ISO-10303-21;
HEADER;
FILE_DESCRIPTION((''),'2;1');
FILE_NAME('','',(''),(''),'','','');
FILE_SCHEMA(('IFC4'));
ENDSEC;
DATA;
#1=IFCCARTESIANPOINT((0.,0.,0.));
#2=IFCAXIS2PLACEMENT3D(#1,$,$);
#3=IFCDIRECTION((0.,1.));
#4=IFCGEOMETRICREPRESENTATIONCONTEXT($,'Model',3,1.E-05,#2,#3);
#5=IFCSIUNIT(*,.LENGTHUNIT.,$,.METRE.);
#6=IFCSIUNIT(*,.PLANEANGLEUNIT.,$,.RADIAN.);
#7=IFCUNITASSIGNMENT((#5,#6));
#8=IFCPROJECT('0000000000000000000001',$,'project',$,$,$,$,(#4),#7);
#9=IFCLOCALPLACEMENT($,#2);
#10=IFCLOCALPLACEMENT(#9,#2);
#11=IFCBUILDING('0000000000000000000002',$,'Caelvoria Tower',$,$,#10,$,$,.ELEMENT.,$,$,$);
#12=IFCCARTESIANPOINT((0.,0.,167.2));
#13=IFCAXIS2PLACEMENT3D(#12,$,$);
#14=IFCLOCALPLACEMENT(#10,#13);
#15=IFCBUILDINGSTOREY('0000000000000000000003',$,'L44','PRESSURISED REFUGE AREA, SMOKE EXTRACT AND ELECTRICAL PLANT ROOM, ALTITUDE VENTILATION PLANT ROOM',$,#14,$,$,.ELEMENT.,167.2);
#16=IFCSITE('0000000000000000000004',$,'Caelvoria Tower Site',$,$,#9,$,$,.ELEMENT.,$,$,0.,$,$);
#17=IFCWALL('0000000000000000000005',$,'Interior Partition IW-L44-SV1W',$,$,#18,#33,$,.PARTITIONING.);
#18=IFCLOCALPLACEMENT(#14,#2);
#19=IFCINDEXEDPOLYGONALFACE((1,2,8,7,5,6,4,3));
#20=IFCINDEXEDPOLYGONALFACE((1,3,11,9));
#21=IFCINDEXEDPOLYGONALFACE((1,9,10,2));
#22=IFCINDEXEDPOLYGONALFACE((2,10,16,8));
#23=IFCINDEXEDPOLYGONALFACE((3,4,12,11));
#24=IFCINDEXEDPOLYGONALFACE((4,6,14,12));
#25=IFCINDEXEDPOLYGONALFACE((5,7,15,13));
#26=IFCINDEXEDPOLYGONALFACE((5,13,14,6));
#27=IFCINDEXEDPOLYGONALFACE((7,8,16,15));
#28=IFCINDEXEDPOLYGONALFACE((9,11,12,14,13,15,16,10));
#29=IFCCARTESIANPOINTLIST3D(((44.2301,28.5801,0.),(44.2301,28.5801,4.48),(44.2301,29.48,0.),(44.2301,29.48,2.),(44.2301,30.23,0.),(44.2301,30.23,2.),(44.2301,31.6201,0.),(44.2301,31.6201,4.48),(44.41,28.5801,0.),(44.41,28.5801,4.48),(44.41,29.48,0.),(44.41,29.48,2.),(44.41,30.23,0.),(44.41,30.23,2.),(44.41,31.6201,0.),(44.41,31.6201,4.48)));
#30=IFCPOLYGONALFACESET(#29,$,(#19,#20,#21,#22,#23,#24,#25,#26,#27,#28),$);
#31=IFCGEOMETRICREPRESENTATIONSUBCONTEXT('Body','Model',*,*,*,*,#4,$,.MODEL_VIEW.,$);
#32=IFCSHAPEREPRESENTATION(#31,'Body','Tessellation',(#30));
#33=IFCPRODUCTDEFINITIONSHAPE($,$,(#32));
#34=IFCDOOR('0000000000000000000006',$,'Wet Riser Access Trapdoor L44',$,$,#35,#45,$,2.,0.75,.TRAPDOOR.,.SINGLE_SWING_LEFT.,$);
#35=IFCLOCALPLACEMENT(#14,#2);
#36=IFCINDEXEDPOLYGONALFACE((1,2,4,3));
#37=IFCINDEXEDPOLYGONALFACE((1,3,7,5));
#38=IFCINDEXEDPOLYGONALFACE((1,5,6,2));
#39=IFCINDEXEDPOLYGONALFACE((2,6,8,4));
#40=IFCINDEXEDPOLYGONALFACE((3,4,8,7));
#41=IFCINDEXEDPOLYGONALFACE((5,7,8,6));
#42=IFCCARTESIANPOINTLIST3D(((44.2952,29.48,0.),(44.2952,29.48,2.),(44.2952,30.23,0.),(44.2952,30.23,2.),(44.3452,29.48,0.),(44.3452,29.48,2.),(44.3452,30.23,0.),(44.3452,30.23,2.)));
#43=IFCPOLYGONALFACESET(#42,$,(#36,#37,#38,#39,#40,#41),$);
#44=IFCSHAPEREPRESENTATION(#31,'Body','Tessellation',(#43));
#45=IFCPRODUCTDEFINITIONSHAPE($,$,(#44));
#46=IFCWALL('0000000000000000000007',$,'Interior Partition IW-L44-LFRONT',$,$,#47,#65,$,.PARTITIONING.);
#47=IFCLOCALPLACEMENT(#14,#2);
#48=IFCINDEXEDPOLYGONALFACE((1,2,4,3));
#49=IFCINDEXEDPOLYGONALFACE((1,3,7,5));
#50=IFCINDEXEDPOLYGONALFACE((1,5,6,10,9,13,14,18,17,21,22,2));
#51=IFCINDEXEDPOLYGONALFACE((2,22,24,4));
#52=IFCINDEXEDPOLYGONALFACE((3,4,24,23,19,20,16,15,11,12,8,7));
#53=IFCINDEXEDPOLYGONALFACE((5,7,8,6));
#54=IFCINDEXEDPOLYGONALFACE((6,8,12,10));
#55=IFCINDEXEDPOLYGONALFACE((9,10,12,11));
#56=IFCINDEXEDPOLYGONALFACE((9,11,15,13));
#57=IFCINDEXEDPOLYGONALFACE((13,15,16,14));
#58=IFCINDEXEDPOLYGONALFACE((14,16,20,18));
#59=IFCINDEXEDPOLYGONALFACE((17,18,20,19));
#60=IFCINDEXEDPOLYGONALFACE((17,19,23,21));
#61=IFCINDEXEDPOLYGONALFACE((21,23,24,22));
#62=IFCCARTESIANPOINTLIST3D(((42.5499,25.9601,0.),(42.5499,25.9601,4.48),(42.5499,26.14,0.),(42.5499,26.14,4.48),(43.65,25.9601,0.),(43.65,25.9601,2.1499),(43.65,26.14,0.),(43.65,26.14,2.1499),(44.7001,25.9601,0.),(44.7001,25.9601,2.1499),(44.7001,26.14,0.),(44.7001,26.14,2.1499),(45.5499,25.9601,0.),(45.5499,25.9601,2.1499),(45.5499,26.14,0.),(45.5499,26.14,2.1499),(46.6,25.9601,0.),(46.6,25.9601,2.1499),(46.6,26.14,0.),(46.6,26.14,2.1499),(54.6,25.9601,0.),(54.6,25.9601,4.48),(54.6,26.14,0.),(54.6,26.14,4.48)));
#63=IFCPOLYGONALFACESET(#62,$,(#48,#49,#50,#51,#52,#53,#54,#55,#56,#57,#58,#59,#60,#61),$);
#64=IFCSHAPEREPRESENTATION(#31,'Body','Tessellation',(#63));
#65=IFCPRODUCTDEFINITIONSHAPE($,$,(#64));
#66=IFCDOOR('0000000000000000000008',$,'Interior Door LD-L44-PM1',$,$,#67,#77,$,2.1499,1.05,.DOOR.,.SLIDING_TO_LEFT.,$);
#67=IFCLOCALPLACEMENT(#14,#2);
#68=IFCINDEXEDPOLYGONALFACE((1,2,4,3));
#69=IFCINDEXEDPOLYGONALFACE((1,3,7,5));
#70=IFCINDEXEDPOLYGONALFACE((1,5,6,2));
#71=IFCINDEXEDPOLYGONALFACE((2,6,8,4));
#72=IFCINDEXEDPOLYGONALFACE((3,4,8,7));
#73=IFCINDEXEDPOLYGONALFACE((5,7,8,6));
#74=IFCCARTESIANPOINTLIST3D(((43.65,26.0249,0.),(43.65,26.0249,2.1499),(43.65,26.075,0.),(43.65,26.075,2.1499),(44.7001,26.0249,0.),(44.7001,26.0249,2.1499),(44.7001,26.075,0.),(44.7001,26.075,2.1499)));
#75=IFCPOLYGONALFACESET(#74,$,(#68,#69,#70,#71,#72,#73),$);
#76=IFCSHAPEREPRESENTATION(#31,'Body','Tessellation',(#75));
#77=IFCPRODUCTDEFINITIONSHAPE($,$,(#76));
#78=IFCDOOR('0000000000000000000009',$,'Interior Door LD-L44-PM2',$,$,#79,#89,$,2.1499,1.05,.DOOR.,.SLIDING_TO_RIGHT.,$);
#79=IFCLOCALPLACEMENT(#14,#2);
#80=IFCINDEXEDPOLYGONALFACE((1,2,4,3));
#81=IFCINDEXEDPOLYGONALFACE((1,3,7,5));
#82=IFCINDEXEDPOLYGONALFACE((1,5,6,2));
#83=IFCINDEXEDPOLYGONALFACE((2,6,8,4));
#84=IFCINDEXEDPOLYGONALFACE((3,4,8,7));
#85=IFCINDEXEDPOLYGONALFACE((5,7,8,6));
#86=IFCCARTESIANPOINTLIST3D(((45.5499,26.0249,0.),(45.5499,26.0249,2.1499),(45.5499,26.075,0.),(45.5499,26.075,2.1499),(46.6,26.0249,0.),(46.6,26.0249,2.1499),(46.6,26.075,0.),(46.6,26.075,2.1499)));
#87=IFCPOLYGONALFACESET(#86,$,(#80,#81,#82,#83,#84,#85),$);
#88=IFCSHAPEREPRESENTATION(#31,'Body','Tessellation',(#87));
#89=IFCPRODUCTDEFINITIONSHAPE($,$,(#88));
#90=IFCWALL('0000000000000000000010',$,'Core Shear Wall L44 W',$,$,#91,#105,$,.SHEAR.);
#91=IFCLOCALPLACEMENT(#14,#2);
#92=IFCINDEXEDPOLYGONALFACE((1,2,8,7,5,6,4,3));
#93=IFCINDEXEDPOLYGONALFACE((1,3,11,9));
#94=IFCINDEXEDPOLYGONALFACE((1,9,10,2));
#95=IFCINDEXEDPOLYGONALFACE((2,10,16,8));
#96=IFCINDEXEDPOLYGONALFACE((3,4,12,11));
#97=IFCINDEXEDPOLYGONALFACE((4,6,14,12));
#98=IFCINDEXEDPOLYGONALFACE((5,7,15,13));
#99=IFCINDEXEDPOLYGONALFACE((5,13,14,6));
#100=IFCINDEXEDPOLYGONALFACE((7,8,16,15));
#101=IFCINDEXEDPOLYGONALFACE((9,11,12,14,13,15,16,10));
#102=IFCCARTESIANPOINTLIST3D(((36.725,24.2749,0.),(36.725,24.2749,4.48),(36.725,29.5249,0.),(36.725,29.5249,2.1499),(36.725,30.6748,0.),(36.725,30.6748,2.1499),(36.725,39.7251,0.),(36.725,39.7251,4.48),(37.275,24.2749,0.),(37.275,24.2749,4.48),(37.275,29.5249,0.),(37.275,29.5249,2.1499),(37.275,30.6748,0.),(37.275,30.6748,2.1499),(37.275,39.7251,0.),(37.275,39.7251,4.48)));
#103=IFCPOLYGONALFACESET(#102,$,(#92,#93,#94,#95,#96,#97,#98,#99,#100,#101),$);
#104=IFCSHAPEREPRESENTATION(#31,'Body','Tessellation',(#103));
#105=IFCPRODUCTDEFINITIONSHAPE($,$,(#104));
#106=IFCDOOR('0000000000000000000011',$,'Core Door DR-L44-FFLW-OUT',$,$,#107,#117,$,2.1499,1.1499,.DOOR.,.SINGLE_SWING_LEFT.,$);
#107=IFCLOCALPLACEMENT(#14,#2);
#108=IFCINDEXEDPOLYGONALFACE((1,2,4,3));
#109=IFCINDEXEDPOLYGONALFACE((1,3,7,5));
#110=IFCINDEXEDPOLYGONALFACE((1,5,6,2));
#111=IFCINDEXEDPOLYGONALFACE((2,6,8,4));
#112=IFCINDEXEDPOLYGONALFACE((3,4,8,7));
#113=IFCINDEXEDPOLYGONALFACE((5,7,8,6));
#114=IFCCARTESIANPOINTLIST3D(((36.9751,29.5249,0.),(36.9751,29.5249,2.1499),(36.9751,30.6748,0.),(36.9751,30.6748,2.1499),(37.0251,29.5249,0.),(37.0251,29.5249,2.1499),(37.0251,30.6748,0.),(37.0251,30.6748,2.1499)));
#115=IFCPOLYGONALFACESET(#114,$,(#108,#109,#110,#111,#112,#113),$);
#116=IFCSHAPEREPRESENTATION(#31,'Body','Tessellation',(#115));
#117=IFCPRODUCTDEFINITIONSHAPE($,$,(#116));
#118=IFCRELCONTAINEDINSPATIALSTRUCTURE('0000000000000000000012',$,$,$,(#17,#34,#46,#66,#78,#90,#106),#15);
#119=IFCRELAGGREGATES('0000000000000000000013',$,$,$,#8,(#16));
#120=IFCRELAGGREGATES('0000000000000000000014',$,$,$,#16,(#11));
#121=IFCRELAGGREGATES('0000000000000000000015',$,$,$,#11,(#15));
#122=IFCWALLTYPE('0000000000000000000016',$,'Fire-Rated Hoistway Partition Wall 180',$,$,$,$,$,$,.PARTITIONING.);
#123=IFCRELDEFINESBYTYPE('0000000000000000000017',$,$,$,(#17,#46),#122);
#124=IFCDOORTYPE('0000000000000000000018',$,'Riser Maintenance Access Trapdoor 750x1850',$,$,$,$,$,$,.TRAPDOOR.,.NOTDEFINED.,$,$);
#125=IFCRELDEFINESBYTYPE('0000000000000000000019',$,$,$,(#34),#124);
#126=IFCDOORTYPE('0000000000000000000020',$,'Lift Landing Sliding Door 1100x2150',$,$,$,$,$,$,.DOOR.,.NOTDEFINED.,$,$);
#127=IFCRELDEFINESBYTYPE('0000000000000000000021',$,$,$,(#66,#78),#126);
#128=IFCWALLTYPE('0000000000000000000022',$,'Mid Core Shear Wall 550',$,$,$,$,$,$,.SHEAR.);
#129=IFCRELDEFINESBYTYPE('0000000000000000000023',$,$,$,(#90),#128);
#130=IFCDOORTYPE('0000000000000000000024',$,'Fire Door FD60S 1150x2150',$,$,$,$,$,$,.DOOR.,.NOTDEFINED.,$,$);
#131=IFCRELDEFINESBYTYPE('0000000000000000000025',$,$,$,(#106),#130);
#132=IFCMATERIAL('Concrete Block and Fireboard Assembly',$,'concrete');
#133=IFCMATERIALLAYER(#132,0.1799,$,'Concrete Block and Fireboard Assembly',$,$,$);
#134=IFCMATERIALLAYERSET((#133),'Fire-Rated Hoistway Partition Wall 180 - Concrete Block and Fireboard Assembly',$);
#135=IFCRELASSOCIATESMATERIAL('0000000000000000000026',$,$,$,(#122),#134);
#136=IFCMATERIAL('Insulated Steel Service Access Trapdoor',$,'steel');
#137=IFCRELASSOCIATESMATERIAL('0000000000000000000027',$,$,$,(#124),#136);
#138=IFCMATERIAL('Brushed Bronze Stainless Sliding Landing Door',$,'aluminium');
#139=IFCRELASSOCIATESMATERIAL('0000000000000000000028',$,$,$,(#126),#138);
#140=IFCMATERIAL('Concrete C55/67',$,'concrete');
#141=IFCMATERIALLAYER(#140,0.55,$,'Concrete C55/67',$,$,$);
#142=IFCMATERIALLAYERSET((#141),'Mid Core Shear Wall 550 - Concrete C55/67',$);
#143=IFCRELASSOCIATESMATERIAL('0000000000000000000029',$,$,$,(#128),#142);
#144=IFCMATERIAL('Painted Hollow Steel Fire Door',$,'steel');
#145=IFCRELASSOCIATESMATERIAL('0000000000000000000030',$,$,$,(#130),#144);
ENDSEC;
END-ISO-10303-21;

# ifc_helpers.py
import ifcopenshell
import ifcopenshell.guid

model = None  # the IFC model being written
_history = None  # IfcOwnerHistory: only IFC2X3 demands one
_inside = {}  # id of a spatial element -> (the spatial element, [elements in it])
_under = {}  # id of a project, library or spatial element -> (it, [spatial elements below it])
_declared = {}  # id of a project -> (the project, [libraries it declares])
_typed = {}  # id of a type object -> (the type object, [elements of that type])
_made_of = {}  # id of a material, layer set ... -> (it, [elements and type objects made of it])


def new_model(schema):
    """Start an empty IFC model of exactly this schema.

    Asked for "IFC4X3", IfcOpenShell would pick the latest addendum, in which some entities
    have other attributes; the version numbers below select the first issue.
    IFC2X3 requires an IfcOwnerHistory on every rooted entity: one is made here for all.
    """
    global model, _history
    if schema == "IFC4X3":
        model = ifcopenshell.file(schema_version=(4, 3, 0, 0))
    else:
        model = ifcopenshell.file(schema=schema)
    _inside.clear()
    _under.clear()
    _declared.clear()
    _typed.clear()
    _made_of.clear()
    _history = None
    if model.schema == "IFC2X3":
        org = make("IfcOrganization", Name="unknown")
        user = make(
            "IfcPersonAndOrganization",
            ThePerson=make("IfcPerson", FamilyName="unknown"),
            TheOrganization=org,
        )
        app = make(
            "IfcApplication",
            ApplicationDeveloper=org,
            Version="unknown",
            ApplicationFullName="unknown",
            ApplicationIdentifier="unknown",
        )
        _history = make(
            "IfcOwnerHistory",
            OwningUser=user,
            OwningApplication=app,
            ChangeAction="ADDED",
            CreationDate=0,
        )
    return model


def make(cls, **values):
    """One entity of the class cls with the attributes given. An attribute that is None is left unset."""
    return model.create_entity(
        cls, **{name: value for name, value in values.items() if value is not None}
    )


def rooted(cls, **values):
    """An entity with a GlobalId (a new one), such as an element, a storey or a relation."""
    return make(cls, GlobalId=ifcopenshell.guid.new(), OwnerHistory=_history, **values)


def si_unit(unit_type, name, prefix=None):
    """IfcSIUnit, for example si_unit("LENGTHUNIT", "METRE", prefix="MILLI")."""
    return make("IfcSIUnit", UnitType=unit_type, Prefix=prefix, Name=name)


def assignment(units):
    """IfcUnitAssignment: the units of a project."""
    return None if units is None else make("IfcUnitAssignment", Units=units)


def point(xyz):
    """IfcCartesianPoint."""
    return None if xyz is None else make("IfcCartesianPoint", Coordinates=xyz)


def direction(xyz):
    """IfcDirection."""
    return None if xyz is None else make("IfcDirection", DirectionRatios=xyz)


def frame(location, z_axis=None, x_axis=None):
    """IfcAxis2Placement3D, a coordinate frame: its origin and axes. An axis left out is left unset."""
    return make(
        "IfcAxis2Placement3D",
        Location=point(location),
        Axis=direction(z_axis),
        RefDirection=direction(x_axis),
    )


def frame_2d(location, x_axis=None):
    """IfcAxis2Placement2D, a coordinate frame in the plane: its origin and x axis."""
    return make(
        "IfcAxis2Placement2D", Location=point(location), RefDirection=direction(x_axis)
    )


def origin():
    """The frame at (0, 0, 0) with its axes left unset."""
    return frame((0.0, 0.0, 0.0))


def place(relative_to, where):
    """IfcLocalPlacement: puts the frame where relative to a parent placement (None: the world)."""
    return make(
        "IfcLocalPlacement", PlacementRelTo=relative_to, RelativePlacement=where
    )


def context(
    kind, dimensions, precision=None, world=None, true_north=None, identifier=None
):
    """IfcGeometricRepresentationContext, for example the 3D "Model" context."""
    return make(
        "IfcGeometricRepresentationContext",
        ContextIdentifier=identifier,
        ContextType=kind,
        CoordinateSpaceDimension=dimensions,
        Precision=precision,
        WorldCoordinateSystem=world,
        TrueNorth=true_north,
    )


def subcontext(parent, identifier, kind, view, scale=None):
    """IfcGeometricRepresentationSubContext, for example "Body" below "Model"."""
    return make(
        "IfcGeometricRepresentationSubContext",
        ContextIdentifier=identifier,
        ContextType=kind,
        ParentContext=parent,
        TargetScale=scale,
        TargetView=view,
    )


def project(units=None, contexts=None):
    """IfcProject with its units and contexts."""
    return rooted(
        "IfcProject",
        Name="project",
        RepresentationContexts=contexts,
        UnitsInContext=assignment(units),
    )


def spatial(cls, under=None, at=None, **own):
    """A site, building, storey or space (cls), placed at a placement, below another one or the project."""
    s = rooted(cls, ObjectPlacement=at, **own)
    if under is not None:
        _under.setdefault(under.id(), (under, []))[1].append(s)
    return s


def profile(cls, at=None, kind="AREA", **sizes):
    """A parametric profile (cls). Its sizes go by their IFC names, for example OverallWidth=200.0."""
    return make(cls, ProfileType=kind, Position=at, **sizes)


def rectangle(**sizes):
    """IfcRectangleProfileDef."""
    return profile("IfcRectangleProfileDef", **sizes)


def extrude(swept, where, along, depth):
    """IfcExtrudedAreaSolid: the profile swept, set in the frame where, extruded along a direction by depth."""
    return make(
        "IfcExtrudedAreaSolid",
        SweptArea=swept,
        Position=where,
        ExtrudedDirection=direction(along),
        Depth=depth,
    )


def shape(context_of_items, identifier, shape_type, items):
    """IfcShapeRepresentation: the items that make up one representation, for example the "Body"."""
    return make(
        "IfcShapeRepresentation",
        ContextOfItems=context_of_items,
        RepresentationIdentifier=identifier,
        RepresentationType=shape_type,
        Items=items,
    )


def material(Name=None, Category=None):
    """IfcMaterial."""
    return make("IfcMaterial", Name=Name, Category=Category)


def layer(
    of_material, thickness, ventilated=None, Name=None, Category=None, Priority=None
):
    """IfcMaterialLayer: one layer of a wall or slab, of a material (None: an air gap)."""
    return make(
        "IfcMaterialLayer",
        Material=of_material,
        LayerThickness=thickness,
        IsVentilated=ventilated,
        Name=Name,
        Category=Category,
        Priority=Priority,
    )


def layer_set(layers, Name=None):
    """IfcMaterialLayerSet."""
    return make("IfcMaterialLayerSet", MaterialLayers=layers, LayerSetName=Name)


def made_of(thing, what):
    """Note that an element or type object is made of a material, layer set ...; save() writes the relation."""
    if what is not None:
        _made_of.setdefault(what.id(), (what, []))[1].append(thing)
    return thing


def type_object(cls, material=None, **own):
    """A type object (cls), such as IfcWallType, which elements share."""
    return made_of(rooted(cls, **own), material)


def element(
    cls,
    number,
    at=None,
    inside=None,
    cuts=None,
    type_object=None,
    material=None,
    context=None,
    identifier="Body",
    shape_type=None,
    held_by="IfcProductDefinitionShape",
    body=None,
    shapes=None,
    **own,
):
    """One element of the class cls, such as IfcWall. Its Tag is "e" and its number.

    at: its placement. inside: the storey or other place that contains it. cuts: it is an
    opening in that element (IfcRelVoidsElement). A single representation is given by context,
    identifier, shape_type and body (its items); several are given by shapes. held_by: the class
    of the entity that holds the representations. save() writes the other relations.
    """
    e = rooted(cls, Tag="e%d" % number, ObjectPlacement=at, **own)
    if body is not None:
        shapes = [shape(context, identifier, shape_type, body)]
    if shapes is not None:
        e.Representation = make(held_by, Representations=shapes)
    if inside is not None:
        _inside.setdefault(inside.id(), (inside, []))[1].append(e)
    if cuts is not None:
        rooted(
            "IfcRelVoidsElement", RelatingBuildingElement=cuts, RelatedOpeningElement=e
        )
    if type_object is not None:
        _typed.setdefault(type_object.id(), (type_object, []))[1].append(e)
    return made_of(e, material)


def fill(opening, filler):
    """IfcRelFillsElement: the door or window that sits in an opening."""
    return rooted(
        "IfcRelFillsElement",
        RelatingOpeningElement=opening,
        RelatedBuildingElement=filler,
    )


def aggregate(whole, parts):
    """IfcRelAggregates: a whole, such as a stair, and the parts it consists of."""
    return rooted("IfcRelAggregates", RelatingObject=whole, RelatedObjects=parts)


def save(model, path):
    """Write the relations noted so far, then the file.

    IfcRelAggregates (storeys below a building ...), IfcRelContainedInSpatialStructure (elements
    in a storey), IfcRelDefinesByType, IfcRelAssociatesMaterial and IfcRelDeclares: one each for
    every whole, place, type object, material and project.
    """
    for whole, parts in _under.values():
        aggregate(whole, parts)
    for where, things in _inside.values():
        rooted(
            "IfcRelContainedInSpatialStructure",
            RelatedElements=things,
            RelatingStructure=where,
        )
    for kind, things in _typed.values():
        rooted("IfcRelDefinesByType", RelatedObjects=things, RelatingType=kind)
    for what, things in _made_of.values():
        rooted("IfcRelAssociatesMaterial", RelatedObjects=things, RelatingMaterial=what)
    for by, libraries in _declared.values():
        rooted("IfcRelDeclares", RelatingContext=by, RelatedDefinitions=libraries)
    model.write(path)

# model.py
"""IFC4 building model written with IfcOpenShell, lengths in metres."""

from ifc_helpers import new_model, si_unit, direction, frame, frame_2d, origin, place, context, subcontext, project, spatial, rectangle, extrude, material, layer, layer_set, type_object, element, fill, save


model = new_model("IFC4")

# Units and contexts
model_context = context("Model", 3, precision=1e-05, world=origin(), true_north=direction((0.0, 1.0)))
body_context = subcontext(model_context, "Body", "Model", "MODEL_VIEW")
ifc_project = project(units=[si_unit("LENGTHUNIT", "METRE"), si_unit("PLANEANGLEUNIT", "RADIAN")], contexts=[model_context])

# Site, building, storey
site_placement = place(None, origin())
site = spatial("IfcSite", under=ifc_project, at=site_placement, Name="Caelvoria Tower Site", CompositionType="ELEMENT", RefElevation=0.0)
building_placement = place(site_placement, origin())
building = spatial("IfcBuilding", under=site, at=building_placement, Name="Caelvoria Tower", CompositionType="ELEMENT")
storey_placement = place(building_placement, frame((0.0, 0.0, 167.2)))
storey = spatial("IfcBuildingStorey", under=building, at=storey_placement, Name="L44", Description="PRESSURISED REFUGE AREA, SMOKE EXTRACT AND ELECTRICAL PLANT ROOM, ALTITUDE VENTILATION PLANT ROOM", CompositionType="ELEMENT", Elevation=167.2)

# Shared definitions
ifc_material_1 = material(Name="Painted Hollow Steel Fire Door", Category="steel")

# Wall, opening, door
ifc_material_2 = material(Name="Concrete Block and Fireboard Assembly", Category="concrete")
ifc_layer_1 = layer(ifc_material_2, 0.1799, Name="Concrete Block and Fireboard Assembly")
ifc_layer_set_1 = layer_set([ifc_layer_1], Name="Fire-Rated Hoistway Partition Wall 180 - Concrete Block and Fireboard Assembly")
wall_type_1 = type_object("IfcWallType", Name="Fire-Rated Hoistway Partition Wall 180", PredefinedType="PARTITIONING", material=ifc_layer_set_1)
wall_1_placement = place(storey_placement, frame((44.3201, 28.5801, 0.0), z_axis=(0.0, 0.0, 1.0), x_axis=(0.0, 1.0, 0.0)))
wall_1 = element("IfcWall", 1, at=wall_1_placement, inside=storey, type_object=wall_type_1, Name="Interior Partition IW-L44-SV1W", PredefinedType="PARTITIONING", context=body_context, shape_type="SweptSolid", body=[
    extrude(rectangle(XDim=3.04, YDim=0.1799, at=frame_2d((1.52, 0.0))), origin(), (0.0, 0.0, 1.0), 4.48),
])
opening_1_placement = place(wall_1_placement, frame((0.8999, 0.0, 0.0)))
opening_1 = element("IfcOpeningElement", 2, at=opening_1_placement, cuts=wall_1, PredefinedType="OPENING", context=body_context, shape_type="SweptSolid", body=[
    extrude(rectangle(XDim=0.75, YDim=2.0, at=frame_2d((0.375, 1.0))), frame((0.0, 0.0999, 0.0), z_axis=(0.0, -1.0, 0.0), x_axis=(1.0, 0.0, 0.0)), (0.0, 0.0, 1.0), 0.2),
])
ifc_material_3 = material(Name="Insulated Steel Service Access Trapdoor", Category="steel")
door_type_1 = type_object("IfcDoorType", Name="Riser Maintenance Access Trapdoor 750x1850", OperationType="NOTDEFINED", PredefinedType="TRAPDOOR", material=ifc_material_3)
door_1_placement = place(opening_1_placement, origin())
door_1 = element("IfcDoor", 3, at=door_1_placement, inside=storey, type_object=door_type_1, Name="Wet Riser Access Trapdoor L44", OperationType="SINGLE_SWING_LEFT", OverallHeight=2.0, OverallWidth=0.75, PredefinedType="TRAPDOOR", context=body_context, shape_type="SweptSolid", body=[
    extrude(rectangle(XDim=0.75, YDim=2.0, at=frame_2d((0.375, 1.0))), frame((0.0, 0.0249, 0.0), z_axis=(0.0, -1.0, 0.0), x_axis=(1.0, 0.0, 0.0)), (0.0, 0.0, 1.0), 0.05),
])
fill(opening_1, door_1)

# Wall, openings, doors
wall_2_placement = place(storey_placement, frame((42.55, 26.05, 0.0), z_axis=(0.0, 0.0, 1.0), x_axis=(1.0, 0.0, 0.0)))
wall_2 = element("IfcWall", 4, at=wall_2_placement, inside=storey, type_object=wall_type_1, Name="Interior Partition IW-L44-LFRONT", PredefinedType="PARTITIONING", context=body_context, shape_type="SweptSolid", body=[
    extrude(rectangle(XDim=12.05, YDim=0.1799, at=frame_2d((6.0249, 0.0))), origin(), (0.0, 0.0, 1.0), 4.48),
])
opening_2_placement = place(wall_2_placement, frame((1.1001, 0.0, 0.0)))
opening_2 = element("IfcOpeningElement", 5, at=opening_2_placement, cuts=wall_2, PredefinedType="OPENING", context=body_context, shape_type="SweptSolid", body=[
    extrude(rectangle(XDim=1.05, YDim=2.1499, at=frame_2d((0.5249, 1.075))), frame((0.0, 0.0999, 0.0), z_axis=(0.0, -1.0, 0.0), x_axis=(1.0, 0.0, 0.0)), (0.0, 0.0, 1.0), 0.2),
])
opening_3_placement = place(wall_2_placement, frame((3.0, 0.0, 0.0)))
opening_3 = element("IfcOpeningElement", 6, at=opening_3_placement, cuts=wall_2, PredefinedType="OPENING", context=body_context, shape_type="SweptSolid", body=[
    extrude(rectangle(XDim=1.05, YDim=2.1499, at=frame_2d((0.5249, 1.075))), frame((0.0, 0.0999, 0.0), z_axis=(0.0, -1.0, 0.0), x_axis=(1.0, 0.0, 0.0)), (0.0, 0.0, 1.0), 0.2),
])
ifc_material_4 = material(Name="Brushed Bronze Stainless Sliding Landing Door", Category="aluminium")
door_type_2 = type_object("IfcDoorType", Name="Lift Landing Sliding Door 1100x2150", OperationType="NOTDEFINED", PredefinedType="DOOR", material=ifc_material_4)
door_2_placement = place(opening_2_placement, origin())
door_2 = element("IfcDoor", 7, at=door_2_placement, inside=storey, type_object=door_type_2, Name="Interior Door LD-L44-PM1", OperationType="SLIDING_TO_LEFT", OverallHeight=2.1499, OverallWidth=1.05, PredefinedType="DOOR", context=body_context, shape_type="SweptSolid", body=[
    extrude(rectangle(XDim=1.05, YDim=2.1499, at=frame_2d((0.5249, 1.075))), frame((0.0, 0.0249, 0.0), z_axis=(0.0, -1.0, 0.0), x_axis=(1.0, 0.0, 0.0)), (0.0, 0.0, 1.0), 0.05),
])
fill(opening_2, door_2)
door_3_placement = place(opening_3_placement, origin())
door_3 = element("IfcDoor", 8, at=door_3_placement, inside=storey, type_object=door_type_2, Name="Interior Door LD-L44-PM2", OperationType="SLIDING_TO_RIGHT", OverallHeight=2.1499, OverallWidth=1.05, PredefinedType="DOOR", context=body_context, shape_type="SweptSolid", body=[
    extrude(rectangle(XDim=1.05, YDim=2.1499, at=frame_2d((0.5249, 1.075))), frame((0.0, 0.0249, 0.0), z_axis=(0.0, -1.0, 0.0), x_axis=(1.0, 0.0, 0.0)), (0.0, 0.0, 1.0), 0.05),
])
fill(opening_3, door_3)

# Wall, opening, door
ifc_material_5 = material(Name="Concrete C55/67", Category="concrete")
ifc_layer_2 = layer(ifc_material_5, 0.55, Name="Concrete C55/67")
ifc_layer_set_2 = layer_set([ifc_layer_2], Name="Mid Core Shear Wall 550 - Concrete C55/67")
wall_type_2 = type_object("IfcWallType", Name="Mid Core Shear Wall 550", PredefinedType="SHEAR", material=ifc_layer_set_2)
wall_3_placement = place(storey_placement, frame((37.0, 24.2749, 0.0), z_axis=(0.0, 0.0, 1.0), x_axis=(0.0, 1.0, 0.0)))
wall_3 = element("IfcWall", 9, at=wall_3_placement, inside=storey, type_object=wall_type_2, Name="Core Shear Wall L44 W", PredefinedType="SHEAR", context=body_context, shape_type="SweptSolid", body=[
    extrude(rectangle(XDim=15.4502, YDim=0.55, at=frame_2d((7.7251, 0.0))), origin(), (0.0, 0.0, 1.0), 4.48),
])
opening_4_placement = place(wall_3_placement, frame((5.25, 0.0, 0.0)))
opening_4 = element("IfcOpeningElement", 10, at=opening_4_placement, cuts=wall_3, PredefinedType="OPENING", context=body_context, shape_type="SweptSolid", body=[
    extrude(rectangle(XDim=1.1499, YDim=2.1499, at=frame_2d((0.575, 1.075))), frame((0.0, 0.2849, 0.0), z_axis=(0.0, -1.0, 0.0), x_axis=(1.0, 0.0, 0.0)), (0.0, 0.0, 1.0), 0.5701),
])
door_type_3 = type_object("IfcDoorType", Name="Fire Door FD60S 1150x2150", OperationType="NOTDEFINED", PredefinedType="DOOR", material=ifc_material_1)
door_4_placement = place(opening_4_placement, origin())
door_4 = element("IfcDoor", 11, at=door_4_placement, inside=storey, type_object=door_type_3, Name="Core Door DR-L44-FFLW-OUT", OperationType="SINGLE_SWING_LEFT", OverallHeight=2.1499, OverallWidth=1.1499, PredefinedType="DOOR", context=body_context, shape_type="SweptSolid", body=[
    extrude(rectangle(XDim=1.1499, YDim=2.1499, at=frame_2d((0.575, 1.075))), frame((0.0, 0.0249, 0.0), z_axis=(0.0, -1.0, 0.0), x_axis=(1.0, 0.0, 0.0)), (0.0, 0.0, 1.0), 0.05),
])
fill(opening_4, door_4)

save(model, "model.ifc")
